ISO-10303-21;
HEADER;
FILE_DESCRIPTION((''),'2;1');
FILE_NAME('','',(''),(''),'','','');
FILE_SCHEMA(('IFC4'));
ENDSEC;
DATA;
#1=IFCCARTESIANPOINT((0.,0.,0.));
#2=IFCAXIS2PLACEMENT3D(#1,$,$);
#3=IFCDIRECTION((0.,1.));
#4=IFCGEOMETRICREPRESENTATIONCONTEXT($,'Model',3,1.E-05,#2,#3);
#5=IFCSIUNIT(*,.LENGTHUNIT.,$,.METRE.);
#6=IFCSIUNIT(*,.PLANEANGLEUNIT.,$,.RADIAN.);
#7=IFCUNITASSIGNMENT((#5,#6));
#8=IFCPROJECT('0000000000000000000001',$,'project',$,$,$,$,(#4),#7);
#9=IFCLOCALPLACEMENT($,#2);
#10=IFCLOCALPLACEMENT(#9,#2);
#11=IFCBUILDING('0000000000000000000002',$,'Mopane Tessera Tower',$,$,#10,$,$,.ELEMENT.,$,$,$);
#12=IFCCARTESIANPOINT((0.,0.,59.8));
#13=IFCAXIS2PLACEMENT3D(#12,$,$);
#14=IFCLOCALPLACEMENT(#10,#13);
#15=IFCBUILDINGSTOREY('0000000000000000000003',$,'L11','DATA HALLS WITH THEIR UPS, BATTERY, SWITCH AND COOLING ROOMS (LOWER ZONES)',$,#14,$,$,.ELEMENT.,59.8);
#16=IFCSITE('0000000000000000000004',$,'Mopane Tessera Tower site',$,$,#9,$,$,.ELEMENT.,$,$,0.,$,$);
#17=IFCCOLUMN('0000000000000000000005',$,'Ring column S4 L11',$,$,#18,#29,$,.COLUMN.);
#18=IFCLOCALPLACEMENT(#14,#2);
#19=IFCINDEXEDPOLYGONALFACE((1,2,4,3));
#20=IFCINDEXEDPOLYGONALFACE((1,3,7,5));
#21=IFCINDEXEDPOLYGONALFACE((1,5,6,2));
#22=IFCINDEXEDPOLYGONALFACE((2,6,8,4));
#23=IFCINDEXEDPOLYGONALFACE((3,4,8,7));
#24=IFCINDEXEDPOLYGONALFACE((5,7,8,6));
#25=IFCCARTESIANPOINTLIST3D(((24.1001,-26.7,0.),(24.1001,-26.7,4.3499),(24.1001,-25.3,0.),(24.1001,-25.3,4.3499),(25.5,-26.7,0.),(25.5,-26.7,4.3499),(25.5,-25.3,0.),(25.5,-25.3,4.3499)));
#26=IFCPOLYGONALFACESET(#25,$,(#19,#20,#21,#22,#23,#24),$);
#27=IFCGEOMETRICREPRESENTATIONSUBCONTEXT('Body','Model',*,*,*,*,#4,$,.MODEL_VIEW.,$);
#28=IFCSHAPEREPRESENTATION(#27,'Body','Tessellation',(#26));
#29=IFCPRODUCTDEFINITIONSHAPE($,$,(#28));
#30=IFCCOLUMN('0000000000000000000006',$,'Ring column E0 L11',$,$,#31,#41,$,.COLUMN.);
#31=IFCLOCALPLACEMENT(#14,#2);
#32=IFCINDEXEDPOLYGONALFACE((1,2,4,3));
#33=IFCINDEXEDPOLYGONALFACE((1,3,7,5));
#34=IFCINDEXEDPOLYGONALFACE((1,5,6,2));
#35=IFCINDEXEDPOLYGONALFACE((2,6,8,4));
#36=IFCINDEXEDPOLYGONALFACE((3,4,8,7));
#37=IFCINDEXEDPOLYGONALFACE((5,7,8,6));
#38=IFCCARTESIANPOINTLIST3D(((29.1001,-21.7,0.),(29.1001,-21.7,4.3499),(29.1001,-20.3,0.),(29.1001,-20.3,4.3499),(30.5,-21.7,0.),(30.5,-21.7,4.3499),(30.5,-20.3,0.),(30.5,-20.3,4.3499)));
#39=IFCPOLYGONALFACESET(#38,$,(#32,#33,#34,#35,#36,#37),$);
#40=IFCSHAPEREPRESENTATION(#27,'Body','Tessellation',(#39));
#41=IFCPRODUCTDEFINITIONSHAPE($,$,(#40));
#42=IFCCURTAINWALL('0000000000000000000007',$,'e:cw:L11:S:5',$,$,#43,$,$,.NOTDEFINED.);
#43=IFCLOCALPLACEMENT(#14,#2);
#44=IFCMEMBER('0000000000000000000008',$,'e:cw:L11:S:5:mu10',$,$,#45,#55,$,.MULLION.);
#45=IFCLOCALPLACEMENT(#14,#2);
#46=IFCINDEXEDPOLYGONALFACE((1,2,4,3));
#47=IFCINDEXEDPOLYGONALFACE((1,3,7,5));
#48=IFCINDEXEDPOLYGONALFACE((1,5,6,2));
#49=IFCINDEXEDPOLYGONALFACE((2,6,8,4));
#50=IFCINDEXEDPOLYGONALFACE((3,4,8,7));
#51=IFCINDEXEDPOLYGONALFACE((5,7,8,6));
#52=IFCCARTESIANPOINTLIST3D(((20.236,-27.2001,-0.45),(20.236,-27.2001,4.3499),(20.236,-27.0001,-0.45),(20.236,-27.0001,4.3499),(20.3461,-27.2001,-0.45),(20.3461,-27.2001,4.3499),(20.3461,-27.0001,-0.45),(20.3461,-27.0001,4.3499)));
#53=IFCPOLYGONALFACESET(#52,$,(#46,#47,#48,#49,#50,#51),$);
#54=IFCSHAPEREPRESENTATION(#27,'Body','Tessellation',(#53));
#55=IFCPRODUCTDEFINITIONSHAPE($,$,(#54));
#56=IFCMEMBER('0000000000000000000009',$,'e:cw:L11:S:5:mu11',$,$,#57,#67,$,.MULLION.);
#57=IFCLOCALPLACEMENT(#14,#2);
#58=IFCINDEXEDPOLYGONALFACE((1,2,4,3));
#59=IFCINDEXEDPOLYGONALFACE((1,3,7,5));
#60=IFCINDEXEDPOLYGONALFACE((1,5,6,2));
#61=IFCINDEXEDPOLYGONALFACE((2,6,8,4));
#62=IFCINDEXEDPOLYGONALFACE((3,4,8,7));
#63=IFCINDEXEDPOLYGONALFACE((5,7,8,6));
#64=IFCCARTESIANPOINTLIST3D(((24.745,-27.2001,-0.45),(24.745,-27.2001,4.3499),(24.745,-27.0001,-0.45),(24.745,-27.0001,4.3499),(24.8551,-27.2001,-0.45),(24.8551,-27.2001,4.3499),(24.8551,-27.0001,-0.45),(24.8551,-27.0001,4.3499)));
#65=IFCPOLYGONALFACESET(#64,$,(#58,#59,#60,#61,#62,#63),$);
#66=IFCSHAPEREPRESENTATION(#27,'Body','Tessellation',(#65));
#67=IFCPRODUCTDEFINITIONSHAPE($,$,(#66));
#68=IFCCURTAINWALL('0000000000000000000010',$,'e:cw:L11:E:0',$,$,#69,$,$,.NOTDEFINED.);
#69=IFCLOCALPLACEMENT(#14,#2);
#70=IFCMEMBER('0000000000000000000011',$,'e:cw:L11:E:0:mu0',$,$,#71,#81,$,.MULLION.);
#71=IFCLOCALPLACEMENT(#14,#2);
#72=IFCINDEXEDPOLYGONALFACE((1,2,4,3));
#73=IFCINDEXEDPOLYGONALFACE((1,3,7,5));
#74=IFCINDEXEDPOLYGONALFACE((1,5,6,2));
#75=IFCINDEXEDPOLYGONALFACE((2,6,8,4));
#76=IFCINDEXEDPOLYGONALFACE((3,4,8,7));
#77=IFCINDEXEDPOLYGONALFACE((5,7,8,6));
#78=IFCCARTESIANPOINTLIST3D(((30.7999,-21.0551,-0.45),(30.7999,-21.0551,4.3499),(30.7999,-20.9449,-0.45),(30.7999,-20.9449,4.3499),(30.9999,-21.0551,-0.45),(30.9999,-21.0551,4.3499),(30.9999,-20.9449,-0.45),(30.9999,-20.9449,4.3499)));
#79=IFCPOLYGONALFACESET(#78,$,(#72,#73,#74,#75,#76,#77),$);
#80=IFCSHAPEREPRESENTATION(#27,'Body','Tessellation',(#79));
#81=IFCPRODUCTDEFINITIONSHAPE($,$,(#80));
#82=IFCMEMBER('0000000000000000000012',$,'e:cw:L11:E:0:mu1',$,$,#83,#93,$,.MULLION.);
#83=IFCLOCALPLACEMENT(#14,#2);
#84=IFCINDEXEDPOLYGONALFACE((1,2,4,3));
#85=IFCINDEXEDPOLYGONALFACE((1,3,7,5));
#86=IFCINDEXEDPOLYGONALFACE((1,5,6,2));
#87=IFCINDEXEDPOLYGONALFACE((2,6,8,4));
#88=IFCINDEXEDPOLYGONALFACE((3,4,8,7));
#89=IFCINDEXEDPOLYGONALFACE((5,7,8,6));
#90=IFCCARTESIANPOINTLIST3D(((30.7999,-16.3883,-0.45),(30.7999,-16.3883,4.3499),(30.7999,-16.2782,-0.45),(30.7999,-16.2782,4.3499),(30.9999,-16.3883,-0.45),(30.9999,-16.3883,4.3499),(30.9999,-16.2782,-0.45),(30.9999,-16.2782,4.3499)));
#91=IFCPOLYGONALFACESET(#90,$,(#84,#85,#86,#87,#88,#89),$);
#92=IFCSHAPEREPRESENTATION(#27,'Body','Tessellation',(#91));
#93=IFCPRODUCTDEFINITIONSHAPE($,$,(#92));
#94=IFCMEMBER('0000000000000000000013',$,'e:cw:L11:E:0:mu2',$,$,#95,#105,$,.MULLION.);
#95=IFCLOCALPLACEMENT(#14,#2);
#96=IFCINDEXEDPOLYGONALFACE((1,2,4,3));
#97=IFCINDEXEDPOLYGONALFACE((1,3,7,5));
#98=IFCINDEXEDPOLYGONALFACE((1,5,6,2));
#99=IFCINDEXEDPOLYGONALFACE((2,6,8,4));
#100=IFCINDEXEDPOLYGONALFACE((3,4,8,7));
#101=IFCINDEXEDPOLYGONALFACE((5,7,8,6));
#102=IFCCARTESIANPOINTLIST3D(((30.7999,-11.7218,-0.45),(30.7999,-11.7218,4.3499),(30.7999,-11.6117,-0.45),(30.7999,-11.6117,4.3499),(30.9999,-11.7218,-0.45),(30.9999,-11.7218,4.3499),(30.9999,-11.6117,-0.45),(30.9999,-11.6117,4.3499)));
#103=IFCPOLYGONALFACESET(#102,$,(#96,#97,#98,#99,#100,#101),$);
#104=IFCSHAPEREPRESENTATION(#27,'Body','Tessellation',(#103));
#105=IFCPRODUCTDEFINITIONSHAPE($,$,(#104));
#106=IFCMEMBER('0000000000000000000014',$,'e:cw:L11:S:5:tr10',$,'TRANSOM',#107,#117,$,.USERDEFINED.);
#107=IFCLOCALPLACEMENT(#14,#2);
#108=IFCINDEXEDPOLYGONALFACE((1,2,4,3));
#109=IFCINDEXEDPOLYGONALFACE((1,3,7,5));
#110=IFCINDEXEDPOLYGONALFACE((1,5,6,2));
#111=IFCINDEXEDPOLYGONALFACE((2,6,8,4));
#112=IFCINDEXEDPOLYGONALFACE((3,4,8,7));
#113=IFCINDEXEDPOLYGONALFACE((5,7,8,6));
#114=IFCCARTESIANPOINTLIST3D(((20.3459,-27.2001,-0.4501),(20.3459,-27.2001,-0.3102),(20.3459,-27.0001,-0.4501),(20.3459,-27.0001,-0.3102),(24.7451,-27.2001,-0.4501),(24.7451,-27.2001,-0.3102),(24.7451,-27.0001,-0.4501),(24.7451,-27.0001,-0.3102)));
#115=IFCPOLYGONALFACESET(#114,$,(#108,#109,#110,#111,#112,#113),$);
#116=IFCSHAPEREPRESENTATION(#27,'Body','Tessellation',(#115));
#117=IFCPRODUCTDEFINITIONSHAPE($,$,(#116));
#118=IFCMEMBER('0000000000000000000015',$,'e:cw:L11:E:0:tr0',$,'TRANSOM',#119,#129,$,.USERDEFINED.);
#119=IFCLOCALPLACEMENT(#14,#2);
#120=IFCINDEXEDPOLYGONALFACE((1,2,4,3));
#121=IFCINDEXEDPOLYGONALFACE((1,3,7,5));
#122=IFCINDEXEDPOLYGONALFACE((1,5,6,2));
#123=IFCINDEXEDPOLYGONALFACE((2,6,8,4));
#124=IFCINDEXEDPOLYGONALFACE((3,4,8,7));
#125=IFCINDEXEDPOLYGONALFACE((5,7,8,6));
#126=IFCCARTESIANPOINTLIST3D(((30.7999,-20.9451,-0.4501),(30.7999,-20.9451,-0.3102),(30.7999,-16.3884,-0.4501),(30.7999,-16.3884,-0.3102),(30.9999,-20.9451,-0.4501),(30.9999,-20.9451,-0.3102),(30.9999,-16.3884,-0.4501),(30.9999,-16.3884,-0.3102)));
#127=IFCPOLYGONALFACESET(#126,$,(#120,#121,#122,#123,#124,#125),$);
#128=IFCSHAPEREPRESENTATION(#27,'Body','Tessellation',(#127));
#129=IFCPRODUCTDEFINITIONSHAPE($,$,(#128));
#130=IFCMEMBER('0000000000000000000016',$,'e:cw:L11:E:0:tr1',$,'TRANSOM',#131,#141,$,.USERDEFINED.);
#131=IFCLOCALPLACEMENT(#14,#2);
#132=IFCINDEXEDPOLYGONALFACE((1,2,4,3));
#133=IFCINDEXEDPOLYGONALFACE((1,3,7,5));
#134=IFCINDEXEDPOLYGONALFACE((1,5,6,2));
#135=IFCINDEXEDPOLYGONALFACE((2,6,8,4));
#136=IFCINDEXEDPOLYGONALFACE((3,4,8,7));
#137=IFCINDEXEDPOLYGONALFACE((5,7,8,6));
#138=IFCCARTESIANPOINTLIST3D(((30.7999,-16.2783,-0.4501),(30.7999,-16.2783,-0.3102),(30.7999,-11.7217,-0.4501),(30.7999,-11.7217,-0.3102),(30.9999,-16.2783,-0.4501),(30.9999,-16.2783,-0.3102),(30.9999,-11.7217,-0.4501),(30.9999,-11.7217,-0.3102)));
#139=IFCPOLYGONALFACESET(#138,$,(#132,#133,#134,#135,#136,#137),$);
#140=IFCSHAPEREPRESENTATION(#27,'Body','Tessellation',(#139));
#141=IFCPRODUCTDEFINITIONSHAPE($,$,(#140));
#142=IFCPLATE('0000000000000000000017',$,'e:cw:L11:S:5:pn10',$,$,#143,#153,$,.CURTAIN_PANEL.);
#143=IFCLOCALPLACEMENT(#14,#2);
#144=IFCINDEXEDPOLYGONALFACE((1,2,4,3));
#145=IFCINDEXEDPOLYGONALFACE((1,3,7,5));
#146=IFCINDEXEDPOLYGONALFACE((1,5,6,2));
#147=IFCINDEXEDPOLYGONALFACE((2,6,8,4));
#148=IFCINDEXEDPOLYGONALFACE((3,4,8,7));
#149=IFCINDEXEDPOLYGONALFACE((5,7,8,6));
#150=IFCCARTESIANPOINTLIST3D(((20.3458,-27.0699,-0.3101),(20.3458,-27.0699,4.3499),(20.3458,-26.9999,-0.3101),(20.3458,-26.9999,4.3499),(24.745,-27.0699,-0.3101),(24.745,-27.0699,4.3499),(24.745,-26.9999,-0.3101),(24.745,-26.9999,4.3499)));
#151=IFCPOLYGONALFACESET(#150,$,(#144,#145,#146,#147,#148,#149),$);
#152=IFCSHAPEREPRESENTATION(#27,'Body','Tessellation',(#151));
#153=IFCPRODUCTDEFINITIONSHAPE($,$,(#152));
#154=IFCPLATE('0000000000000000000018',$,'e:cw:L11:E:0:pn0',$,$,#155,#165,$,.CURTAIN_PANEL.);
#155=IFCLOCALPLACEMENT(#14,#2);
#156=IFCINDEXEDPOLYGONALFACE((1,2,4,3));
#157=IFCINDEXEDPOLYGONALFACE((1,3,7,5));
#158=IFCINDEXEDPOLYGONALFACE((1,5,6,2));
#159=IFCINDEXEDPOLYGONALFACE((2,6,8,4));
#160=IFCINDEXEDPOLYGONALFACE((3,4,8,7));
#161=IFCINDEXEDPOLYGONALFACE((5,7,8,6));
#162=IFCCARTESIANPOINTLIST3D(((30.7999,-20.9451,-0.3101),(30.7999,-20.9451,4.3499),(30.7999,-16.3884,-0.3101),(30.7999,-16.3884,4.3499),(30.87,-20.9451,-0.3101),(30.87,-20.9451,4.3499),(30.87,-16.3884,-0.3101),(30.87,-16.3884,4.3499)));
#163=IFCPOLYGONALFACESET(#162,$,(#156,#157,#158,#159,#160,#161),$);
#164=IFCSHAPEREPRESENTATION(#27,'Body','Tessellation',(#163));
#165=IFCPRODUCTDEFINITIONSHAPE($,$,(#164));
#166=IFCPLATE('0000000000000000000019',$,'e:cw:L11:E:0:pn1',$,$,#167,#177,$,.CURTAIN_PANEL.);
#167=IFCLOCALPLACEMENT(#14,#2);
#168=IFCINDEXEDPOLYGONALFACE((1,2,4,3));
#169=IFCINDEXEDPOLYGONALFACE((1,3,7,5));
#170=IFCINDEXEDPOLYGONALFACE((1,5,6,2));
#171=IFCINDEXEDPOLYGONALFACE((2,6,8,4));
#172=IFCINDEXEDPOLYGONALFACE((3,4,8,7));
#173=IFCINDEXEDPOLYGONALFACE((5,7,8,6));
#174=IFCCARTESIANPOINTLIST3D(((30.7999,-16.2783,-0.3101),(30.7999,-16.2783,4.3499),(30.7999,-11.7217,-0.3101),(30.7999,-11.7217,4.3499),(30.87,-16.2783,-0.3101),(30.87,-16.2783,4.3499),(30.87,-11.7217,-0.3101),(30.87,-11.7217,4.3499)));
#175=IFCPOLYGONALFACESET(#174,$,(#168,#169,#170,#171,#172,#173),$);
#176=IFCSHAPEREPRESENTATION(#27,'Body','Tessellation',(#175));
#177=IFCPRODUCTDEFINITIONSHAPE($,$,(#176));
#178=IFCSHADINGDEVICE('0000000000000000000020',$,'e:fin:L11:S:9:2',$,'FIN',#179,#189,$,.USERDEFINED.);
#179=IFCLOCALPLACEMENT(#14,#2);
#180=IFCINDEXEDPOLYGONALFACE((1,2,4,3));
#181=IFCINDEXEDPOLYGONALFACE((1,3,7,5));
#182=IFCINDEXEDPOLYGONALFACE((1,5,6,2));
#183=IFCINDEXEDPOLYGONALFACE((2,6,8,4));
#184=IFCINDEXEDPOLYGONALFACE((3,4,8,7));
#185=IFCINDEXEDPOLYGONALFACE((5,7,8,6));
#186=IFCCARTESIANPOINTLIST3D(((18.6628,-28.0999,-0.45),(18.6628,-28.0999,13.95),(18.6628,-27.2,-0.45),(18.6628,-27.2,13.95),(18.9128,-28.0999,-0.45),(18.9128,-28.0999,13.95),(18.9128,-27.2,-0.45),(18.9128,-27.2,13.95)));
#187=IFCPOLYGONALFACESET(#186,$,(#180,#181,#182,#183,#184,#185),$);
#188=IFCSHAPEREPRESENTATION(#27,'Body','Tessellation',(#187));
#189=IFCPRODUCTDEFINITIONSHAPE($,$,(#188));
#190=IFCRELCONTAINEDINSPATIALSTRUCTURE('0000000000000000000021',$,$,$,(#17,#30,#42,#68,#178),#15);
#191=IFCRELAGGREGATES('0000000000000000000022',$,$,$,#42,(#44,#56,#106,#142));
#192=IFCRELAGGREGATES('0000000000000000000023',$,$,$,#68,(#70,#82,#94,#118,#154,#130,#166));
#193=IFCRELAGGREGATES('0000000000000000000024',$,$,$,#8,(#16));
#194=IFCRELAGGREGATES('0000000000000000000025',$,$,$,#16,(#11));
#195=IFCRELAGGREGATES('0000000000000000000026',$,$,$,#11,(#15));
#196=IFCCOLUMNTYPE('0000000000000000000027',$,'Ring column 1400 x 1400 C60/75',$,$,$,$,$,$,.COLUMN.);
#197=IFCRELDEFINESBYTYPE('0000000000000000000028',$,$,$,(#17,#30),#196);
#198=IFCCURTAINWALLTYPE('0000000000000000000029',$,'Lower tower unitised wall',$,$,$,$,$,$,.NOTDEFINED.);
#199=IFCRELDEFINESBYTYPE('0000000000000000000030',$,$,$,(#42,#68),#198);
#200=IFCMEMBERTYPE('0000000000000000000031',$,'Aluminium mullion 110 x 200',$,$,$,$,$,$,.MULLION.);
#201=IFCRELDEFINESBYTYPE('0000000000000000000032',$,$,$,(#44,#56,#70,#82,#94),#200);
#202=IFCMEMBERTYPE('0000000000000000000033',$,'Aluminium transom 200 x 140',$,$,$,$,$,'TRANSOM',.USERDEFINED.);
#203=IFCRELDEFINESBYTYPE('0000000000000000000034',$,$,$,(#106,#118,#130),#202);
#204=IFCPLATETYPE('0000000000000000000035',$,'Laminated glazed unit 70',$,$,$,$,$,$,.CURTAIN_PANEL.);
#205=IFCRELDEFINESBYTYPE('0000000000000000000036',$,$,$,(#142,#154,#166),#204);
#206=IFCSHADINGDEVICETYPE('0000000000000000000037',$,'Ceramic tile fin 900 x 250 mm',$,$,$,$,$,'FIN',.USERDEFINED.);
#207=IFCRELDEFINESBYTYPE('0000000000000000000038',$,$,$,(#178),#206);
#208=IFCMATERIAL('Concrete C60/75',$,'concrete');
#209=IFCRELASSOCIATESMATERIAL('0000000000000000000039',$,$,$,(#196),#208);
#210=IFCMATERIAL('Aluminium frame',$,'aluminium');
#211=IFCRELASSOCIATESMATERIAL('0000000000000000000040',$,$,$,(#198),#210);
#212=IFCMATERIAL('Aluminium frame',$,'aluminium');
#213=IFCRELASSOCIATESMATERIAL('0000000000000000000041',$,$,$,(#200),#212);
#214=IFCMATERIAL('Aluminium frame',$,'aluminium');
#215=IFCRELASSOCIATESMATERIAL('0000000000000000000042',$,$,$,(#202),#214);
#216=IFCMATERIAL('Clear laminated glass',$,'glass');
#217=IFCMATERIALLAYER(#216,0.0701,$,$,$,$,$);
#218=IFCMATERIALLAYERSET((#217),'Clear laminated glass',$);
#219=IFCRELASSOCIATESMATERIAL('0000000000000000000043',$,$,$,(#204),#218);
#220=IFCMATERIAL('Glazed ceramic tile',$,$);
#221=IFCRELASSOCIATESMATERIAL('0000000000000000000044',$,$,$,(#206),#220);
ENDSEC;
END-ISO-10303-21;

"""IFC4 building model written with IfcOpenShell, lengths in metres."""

from ifc_helpers import new_model, si_unit, direction, frame, origin, origin_2d, place, context, subcontext, project, spatial, rectangle, extrude, material, layer, layer_set, material_profile, profile_set, type_object, element, aggregate, save


model = new_model("IFC4")

# Units and contexts
model_context = context("Model", 3, precision=1e-05, world=origin(), true_north=direction((0.0, 1.0)))
body_context = subcontext(model_context, "Body", "Model", "MODEL_VIEW")
ifc_project = project(units=[si_unit("LENGTHUNIT", "METRE"), si_unit("PLANEANGLEUNIT", "RADIAN")], contexts=[model_context])

# Site, building, storey
site_placement = place(None, origin())
site = spatial("IfcSite", under=ifc_project, at=site_placement, Name="Mopane Tessera Tower site", CompositionType="ELEMENT", RefElevation=0.0)
building_placement = place(site_placement, origin())
building = spatial("IfcBuilding", under=site, at=building_placement, Name="Mopane Tessera Tower", CompositionType="ELEMENT")
storey_placement = place(building_placement, frame((0.0, 0.0, 59.8)))
storey = spatial("IfcBuildingStorey", under=building, at=storey_placement, Name="L11", Description="DATA HALLS WITH THEIR UPS, BATTERY, SWITCH AND COOLING ROOMS (LOWER ZONES)", CompositionType="ELEMENT", Elevation=59.8)

# Columns
ifc_material_1 = material(Name="Concrete C60/75", Category="concrete")
ifc_material_profile_1 = material_profile(ifc_material_1, rectangle(XDim=1.3999, YDim=1.3999, at=origin_2d()))
ifc_profile_set_1 = profile_set([ifc_material_profile_1], Name="Concrete C60/75")
column_type = type_object("IfcColumnType", Name="Ring column 1400 x 1400 C60/75", PredefinedType="COLUMN", material=ifc_profile_set_1)
for number, where, z_axis, x_axis, name in (
    (1, (24.8, -26.0, 0.0), (0.0, 0.0, 1.0), (1.0, 0.0, 0.0), "Ring column S4 L11"),
    (2, (29.8, -21.0, 0.0), (0.0, 0.0, 1.0), (1.0, 0.0, 0.0), "Ring column E0 L11"),
):
    element("IfcColumn", number, at=place(storey_placement, frame(where, z_axis=z_axis, x_axis=x_axis)), inside=storey, type_object=column_type, Name=name, PredefinedType="COLUMN", context=body_context, shape_type="SweptSolid", body=[
        extrude(rectangle(XDim=1.3999, YDim=1.3999, at=origin_2d()), origin(), (0.0, 0.0, 1.0), 4.3499),
    ])

# Curtain walls, members
ifc_material_2 = material(Name="Aluminium frame", Category="aluminium")
curtain_wall_type = type_object("IfcCurtainWallType", Name="Lower tower unitised wall", PredefinedType="NOTDEFINED", material=ifc_material_2)
curtain_wall_1_placement = place(storey_placement, origin())
curtain_wall_1 = element("IfcCurtainWall", 3, at=curtain_wall_1_placement, inside=storey, type_object=curtain_wall_type, Name="e:cw:L11:S:5", PredefinedType="NOTDEFINED")
ifc_material_3 = material(Name="Aluminium frame", Category="aluminium")
ifc_material_profile_2 = material_profile(ifc_material_3, rectangle(XDim=0.1101, YDim=0.2, at=origin_2d()))
ifc_profile_set_2 = profile_set([ifc_material_profile_2], Name="Aluminium frame")
member_type_1 = type_object("IfcMemberType", Name="Aluminium mullion 110 x 200", PredefinedType="MULLION", material=ifc_profile_set_2)
member_1_placement = place(storey_placement, frame((20.291, -27.1001, -0.45), z_axis=(0.0, 0.0, 1.0), x_axis=(1.0, 0.0, 0.0)))
member_1 = element("IfcMember", 4, at=member_1_placement, type_object=member_type_1, Name="e:cw:L11:S:5:mu10", PredefinedType="MULLION", context=body_context, shape_type="SweptSolid", body=[
    extrude(rectangle(XDim=0.1101, YDim=0.2, at=origin_2d()), origin(), (0.0, 0.0, 1.0), 4.7998),
])
member_2_placement = place(storey_placement, frame((24.8, -27.1001, -0.45), z_axis=(0.0, 0.0, 1.0), x_axis=(1.0, 0.0, 0.0)))
member_2 = element("IfcMember", 5, at=member_2_placement, type_object=member_type_1, Name="e:cw:L11:S:5:mu11", PredefinedType="MULLION", context=body_context, shape_type="SweptSolid", body=[
    extrude(rectangle(XDim=0.1101, YDim=0.2, at=origin_2d()), origin(), (0.0, 0.0, 1.0), 4.7998),
])
curtain_wall_2_placement = place(storey_placement, origin())
curtain_wall_2 = element("IfcCurtainWall", 6, at=curtain_wall_2_placement, inside=storey, type_object=curtain_wall_type, Name="e:cw:L11:E:0", PredefinedType="NOTDEFINED")
member_3_placement = place(storey_placement, frame((30.8999, -21.0, -0.45), z_axis=(0.0, 0.0, 1.0), x_axis=(0.0, 1.0, 0.0)))
member_3 = element("IfcMember", 7, at=member_3_placement, type_object=member_type_1, Name="e:cw:L11:E:0:mu0", PredefinedType="MULLION", context=body_context, shape_type="SweptSolid", body=[
    extrude(rectangle(XDim=0.1101, YDim=0.2, at=origin_2d()), origin(), (0.0, 0.0, 1.0), 4.7998),
])
member_4_placement = place(storey_placement, frame((30.8999, -16.3333, -0.45), z_axis=(0.0, 0.0, 1.0), x_axis=(0.0, 1.0, 0.0)))
member_4 = element("IfcMember", 8, at=member_4_placement, type_object=member_type_1, Name="e:cw:L11:E:0:mu1", PredefinedType="MULLION", context=body_context, shape_type="SweptSolid", body=[
    extrude(rectangle(XDim=0.1101, YDim=0.2, at=origin_2d()), origin(), (0.0, 0.0, 1.0), 4.7998),
])
member_5_placement = place(storey_placement, frame((30.8999, -11.6667, -0.45), z_axis=(0.0, 0.0, 1.0), x_axis=(0.0, 1.0, 0.0)))
member_5 = element("IfcMember", 9, at=member_5_placement, type_object=member_type_1, Name="e:cw:L11:E:0:mu2", PredefinedType="MULLION", context=body_context, shape_type="SweptSolid", body=[
    extrude(rectangle(XDim=0.1101, YDim=0.2, at=origin_2d()), origin(), (0.0, 0.0, 1.0), 4.7998),
])

# Members
ifc_material_4 = material(Name="Aluminium frame", Category="aluminium")
ifc_material_profile_3 = material_profile(ifc_material_4, rectangle(XDim=0.2, YDim=0.1399, at=origin_2d()))
ifc_profile_set_3 = profile_set([ifc_material_profile_3], Name="Aluminium frame")
member_type_2 = type_object("IfcMemberType", Name="Aluminium transom 200 x 140", ElementType="TRANSOM", PredefinedType="USERDEFINED", material=ifc_profile_set_3)
member_6_placement = place(storey_placement, frame((20.3459, -27.1001, -0.3801), z_axis=(1.0, 0.0, 0.0), x_axis=(0.0, 1.0, 0.0)))
member_6 = element("IfcMember", 10, at=member_6_placement, type_object=member_type_2, Name="e:cw:L11:S:5:tr10", ObjectType="TRANSOM", PredefinedType="USERDEFINED", context=body_context, shape_type="SweptSolid", body=[
    extrude(rectangle(XDim=0.2, YDim=0.1399, at=origin_2d()), origin(), (0.0, 0.0, 1.0), 4.3992),
])
member_7_placement = place(storey_placement, frame((30.8999, -20.9451, -0.3801), z_axis=(0.0, 1.0, 0.0), x_axis=(-1.0, 0.0, 0.0)))
member_7 = element("IfcMember", 11, at=member_7_placement, type_object=member_type_2, Name="e:cw:L11:E:0:tr0", ObjectType="TRANSOM", PredefinedType="USERDEFINED", context=body_context, shape_type="SweptSolid", body=[
    extrude(rectangle(XDim=0.2, YDim=0.1399, at=origin_2d()), origin(), (0.0, 0.0, 1.0), 4.5566),
])
member_8_placement = place(storey_placement, frame((30.8999, -16.2783, -0.3801), z_axis=(0.0, 1.0, 0.0), x_axis=(-1.0, 0.0, 0.0)))
member_8 = element("IfcMember", 12, at=member_8_placement, type_object=member_type_2, Name="e:cw:L11:E:0:tr1", ObjectType="TRANSOM", PredefinedType="USERDEFINED", context=body_context, shape_type="SweptSolid", body=[
    extrude(rectangle(XDim=0.2, YDim=0.1399, at=origin_2d()), origin(), (0.0, 0.0, 1.0), 4.5566),
])

# Plates
ifc_material_5 = material(Name="Clear laminated glass", Category="glass")
ifc_layer = layer(ifc_material_5, 0.0701)
ifc_layer_set = layer_set([ifc_layer], Name="Clear laminated glass")
plate_type = type_object("IfcPlateType", Name="Laminated glazed unit 70", PredefinedType="CURTAIN_PANEL", material=ifc_layer_set)
plate_1_placement = place(storey_placement, frame((22.5454, -27.0349, -0.3101), z_axis=(0.0, 0.0, 1.0), x_axis=(1.0, 0.0, 0.0)))
plate_1 = element("IfcPlate", 13, at=plate_1_placement, type_object=plate_type, Name="e:cw:L11:S:5:pn10", PredefinedType="CURTAIN_PANEL", context=body_context, shape_type="SweptSolid", body=[
    extrude(rectangle(XDim=4.3992, YDim=0.0701, at=origin_2d()), origin(), (0.0, 0.0, 1.0), 4.6599),
])
aggregate(curtain_wall_1, [member_1, member_2, member_6, plate_1])
plate_2_placement = place(storey_placement, frame((30.835, -18.6667, -0.3101), z_axis=(0.0, 0.0, 1.0), x_axis=(0.0, 1.0, 0.0)))
plate_2 = element("IfcPlate", 14, at=plate_2_placement, type_object=plate_type, Name="e:cw:L11:E:0:pn0", PredefinedType="CURTAIN_PANEL", context=body_context, shape_type="SweptSolid", body=[
    extrude(rectangle(XDim=4.5566, YDim=0.0701, at=origin_2d()), origin(), (0.0, 0.0, 1.0), 4.6599),
])
plate_3_placement = place(storey_placement, frame((30.835, -14.0, -0.3101), z_axis=(0.0, 0.0, 1.0), x_axis=(0.0, 1.0, 0.0)))
plate_3 = element("IfcPlate", 15, at=plate_3_placement, type_object=plate_type, Name="e:cw:L11:E:0:pn1", PredefinedType="CURTAIN_PANEL", context=body_context, shape_type="SweptSolid", body=[
    extrude(rectangle(XDim=4.5566, YDim=0.0701, at=origin_2d()), origin(), (0.0, 0.0, 1.0), 4.6599),
])
aggregate(curtain_wall_2, [member_3, member_4, member_5, member_7, plate_2, member_8, plate_3])

# Shading device
ifc_material_6 = material(Name="Glazed ceramic tile")
shading_device_type = type_object("IfcShadingDeviceType", Name="Ceramic tile fin 900 x 250 mm", ElementType="FIN", PredefinedType="USERDEFINED", material=ifc_material_6)
for number, where, z_axis, x_axis, name in (
    (16, (18.7878, -27.6499, -0.45), (0.0, 0.0, 1.0), (1.0, 0.0, 0.0), "e:fin:L11:S:9:2"),
):
    element("IfcShadingDevice", number, at=place(storey_placement, frame(where, z_axis=z_axis, x_axis=x_axis)), inside=storey, type_object=shading_device_type, Name=name, ObjectType="FIN", PredefinedType="USERDEFINED", context=body_context, shape_type="SweptSolid", body=[
        extrude(rectangle(XDim=0.25, YDim=0.8999, at=origin_2d()), origin(), (0.0, 0.0, 1.0), 14.3999),
    ])

save(model, "model.ifc")
